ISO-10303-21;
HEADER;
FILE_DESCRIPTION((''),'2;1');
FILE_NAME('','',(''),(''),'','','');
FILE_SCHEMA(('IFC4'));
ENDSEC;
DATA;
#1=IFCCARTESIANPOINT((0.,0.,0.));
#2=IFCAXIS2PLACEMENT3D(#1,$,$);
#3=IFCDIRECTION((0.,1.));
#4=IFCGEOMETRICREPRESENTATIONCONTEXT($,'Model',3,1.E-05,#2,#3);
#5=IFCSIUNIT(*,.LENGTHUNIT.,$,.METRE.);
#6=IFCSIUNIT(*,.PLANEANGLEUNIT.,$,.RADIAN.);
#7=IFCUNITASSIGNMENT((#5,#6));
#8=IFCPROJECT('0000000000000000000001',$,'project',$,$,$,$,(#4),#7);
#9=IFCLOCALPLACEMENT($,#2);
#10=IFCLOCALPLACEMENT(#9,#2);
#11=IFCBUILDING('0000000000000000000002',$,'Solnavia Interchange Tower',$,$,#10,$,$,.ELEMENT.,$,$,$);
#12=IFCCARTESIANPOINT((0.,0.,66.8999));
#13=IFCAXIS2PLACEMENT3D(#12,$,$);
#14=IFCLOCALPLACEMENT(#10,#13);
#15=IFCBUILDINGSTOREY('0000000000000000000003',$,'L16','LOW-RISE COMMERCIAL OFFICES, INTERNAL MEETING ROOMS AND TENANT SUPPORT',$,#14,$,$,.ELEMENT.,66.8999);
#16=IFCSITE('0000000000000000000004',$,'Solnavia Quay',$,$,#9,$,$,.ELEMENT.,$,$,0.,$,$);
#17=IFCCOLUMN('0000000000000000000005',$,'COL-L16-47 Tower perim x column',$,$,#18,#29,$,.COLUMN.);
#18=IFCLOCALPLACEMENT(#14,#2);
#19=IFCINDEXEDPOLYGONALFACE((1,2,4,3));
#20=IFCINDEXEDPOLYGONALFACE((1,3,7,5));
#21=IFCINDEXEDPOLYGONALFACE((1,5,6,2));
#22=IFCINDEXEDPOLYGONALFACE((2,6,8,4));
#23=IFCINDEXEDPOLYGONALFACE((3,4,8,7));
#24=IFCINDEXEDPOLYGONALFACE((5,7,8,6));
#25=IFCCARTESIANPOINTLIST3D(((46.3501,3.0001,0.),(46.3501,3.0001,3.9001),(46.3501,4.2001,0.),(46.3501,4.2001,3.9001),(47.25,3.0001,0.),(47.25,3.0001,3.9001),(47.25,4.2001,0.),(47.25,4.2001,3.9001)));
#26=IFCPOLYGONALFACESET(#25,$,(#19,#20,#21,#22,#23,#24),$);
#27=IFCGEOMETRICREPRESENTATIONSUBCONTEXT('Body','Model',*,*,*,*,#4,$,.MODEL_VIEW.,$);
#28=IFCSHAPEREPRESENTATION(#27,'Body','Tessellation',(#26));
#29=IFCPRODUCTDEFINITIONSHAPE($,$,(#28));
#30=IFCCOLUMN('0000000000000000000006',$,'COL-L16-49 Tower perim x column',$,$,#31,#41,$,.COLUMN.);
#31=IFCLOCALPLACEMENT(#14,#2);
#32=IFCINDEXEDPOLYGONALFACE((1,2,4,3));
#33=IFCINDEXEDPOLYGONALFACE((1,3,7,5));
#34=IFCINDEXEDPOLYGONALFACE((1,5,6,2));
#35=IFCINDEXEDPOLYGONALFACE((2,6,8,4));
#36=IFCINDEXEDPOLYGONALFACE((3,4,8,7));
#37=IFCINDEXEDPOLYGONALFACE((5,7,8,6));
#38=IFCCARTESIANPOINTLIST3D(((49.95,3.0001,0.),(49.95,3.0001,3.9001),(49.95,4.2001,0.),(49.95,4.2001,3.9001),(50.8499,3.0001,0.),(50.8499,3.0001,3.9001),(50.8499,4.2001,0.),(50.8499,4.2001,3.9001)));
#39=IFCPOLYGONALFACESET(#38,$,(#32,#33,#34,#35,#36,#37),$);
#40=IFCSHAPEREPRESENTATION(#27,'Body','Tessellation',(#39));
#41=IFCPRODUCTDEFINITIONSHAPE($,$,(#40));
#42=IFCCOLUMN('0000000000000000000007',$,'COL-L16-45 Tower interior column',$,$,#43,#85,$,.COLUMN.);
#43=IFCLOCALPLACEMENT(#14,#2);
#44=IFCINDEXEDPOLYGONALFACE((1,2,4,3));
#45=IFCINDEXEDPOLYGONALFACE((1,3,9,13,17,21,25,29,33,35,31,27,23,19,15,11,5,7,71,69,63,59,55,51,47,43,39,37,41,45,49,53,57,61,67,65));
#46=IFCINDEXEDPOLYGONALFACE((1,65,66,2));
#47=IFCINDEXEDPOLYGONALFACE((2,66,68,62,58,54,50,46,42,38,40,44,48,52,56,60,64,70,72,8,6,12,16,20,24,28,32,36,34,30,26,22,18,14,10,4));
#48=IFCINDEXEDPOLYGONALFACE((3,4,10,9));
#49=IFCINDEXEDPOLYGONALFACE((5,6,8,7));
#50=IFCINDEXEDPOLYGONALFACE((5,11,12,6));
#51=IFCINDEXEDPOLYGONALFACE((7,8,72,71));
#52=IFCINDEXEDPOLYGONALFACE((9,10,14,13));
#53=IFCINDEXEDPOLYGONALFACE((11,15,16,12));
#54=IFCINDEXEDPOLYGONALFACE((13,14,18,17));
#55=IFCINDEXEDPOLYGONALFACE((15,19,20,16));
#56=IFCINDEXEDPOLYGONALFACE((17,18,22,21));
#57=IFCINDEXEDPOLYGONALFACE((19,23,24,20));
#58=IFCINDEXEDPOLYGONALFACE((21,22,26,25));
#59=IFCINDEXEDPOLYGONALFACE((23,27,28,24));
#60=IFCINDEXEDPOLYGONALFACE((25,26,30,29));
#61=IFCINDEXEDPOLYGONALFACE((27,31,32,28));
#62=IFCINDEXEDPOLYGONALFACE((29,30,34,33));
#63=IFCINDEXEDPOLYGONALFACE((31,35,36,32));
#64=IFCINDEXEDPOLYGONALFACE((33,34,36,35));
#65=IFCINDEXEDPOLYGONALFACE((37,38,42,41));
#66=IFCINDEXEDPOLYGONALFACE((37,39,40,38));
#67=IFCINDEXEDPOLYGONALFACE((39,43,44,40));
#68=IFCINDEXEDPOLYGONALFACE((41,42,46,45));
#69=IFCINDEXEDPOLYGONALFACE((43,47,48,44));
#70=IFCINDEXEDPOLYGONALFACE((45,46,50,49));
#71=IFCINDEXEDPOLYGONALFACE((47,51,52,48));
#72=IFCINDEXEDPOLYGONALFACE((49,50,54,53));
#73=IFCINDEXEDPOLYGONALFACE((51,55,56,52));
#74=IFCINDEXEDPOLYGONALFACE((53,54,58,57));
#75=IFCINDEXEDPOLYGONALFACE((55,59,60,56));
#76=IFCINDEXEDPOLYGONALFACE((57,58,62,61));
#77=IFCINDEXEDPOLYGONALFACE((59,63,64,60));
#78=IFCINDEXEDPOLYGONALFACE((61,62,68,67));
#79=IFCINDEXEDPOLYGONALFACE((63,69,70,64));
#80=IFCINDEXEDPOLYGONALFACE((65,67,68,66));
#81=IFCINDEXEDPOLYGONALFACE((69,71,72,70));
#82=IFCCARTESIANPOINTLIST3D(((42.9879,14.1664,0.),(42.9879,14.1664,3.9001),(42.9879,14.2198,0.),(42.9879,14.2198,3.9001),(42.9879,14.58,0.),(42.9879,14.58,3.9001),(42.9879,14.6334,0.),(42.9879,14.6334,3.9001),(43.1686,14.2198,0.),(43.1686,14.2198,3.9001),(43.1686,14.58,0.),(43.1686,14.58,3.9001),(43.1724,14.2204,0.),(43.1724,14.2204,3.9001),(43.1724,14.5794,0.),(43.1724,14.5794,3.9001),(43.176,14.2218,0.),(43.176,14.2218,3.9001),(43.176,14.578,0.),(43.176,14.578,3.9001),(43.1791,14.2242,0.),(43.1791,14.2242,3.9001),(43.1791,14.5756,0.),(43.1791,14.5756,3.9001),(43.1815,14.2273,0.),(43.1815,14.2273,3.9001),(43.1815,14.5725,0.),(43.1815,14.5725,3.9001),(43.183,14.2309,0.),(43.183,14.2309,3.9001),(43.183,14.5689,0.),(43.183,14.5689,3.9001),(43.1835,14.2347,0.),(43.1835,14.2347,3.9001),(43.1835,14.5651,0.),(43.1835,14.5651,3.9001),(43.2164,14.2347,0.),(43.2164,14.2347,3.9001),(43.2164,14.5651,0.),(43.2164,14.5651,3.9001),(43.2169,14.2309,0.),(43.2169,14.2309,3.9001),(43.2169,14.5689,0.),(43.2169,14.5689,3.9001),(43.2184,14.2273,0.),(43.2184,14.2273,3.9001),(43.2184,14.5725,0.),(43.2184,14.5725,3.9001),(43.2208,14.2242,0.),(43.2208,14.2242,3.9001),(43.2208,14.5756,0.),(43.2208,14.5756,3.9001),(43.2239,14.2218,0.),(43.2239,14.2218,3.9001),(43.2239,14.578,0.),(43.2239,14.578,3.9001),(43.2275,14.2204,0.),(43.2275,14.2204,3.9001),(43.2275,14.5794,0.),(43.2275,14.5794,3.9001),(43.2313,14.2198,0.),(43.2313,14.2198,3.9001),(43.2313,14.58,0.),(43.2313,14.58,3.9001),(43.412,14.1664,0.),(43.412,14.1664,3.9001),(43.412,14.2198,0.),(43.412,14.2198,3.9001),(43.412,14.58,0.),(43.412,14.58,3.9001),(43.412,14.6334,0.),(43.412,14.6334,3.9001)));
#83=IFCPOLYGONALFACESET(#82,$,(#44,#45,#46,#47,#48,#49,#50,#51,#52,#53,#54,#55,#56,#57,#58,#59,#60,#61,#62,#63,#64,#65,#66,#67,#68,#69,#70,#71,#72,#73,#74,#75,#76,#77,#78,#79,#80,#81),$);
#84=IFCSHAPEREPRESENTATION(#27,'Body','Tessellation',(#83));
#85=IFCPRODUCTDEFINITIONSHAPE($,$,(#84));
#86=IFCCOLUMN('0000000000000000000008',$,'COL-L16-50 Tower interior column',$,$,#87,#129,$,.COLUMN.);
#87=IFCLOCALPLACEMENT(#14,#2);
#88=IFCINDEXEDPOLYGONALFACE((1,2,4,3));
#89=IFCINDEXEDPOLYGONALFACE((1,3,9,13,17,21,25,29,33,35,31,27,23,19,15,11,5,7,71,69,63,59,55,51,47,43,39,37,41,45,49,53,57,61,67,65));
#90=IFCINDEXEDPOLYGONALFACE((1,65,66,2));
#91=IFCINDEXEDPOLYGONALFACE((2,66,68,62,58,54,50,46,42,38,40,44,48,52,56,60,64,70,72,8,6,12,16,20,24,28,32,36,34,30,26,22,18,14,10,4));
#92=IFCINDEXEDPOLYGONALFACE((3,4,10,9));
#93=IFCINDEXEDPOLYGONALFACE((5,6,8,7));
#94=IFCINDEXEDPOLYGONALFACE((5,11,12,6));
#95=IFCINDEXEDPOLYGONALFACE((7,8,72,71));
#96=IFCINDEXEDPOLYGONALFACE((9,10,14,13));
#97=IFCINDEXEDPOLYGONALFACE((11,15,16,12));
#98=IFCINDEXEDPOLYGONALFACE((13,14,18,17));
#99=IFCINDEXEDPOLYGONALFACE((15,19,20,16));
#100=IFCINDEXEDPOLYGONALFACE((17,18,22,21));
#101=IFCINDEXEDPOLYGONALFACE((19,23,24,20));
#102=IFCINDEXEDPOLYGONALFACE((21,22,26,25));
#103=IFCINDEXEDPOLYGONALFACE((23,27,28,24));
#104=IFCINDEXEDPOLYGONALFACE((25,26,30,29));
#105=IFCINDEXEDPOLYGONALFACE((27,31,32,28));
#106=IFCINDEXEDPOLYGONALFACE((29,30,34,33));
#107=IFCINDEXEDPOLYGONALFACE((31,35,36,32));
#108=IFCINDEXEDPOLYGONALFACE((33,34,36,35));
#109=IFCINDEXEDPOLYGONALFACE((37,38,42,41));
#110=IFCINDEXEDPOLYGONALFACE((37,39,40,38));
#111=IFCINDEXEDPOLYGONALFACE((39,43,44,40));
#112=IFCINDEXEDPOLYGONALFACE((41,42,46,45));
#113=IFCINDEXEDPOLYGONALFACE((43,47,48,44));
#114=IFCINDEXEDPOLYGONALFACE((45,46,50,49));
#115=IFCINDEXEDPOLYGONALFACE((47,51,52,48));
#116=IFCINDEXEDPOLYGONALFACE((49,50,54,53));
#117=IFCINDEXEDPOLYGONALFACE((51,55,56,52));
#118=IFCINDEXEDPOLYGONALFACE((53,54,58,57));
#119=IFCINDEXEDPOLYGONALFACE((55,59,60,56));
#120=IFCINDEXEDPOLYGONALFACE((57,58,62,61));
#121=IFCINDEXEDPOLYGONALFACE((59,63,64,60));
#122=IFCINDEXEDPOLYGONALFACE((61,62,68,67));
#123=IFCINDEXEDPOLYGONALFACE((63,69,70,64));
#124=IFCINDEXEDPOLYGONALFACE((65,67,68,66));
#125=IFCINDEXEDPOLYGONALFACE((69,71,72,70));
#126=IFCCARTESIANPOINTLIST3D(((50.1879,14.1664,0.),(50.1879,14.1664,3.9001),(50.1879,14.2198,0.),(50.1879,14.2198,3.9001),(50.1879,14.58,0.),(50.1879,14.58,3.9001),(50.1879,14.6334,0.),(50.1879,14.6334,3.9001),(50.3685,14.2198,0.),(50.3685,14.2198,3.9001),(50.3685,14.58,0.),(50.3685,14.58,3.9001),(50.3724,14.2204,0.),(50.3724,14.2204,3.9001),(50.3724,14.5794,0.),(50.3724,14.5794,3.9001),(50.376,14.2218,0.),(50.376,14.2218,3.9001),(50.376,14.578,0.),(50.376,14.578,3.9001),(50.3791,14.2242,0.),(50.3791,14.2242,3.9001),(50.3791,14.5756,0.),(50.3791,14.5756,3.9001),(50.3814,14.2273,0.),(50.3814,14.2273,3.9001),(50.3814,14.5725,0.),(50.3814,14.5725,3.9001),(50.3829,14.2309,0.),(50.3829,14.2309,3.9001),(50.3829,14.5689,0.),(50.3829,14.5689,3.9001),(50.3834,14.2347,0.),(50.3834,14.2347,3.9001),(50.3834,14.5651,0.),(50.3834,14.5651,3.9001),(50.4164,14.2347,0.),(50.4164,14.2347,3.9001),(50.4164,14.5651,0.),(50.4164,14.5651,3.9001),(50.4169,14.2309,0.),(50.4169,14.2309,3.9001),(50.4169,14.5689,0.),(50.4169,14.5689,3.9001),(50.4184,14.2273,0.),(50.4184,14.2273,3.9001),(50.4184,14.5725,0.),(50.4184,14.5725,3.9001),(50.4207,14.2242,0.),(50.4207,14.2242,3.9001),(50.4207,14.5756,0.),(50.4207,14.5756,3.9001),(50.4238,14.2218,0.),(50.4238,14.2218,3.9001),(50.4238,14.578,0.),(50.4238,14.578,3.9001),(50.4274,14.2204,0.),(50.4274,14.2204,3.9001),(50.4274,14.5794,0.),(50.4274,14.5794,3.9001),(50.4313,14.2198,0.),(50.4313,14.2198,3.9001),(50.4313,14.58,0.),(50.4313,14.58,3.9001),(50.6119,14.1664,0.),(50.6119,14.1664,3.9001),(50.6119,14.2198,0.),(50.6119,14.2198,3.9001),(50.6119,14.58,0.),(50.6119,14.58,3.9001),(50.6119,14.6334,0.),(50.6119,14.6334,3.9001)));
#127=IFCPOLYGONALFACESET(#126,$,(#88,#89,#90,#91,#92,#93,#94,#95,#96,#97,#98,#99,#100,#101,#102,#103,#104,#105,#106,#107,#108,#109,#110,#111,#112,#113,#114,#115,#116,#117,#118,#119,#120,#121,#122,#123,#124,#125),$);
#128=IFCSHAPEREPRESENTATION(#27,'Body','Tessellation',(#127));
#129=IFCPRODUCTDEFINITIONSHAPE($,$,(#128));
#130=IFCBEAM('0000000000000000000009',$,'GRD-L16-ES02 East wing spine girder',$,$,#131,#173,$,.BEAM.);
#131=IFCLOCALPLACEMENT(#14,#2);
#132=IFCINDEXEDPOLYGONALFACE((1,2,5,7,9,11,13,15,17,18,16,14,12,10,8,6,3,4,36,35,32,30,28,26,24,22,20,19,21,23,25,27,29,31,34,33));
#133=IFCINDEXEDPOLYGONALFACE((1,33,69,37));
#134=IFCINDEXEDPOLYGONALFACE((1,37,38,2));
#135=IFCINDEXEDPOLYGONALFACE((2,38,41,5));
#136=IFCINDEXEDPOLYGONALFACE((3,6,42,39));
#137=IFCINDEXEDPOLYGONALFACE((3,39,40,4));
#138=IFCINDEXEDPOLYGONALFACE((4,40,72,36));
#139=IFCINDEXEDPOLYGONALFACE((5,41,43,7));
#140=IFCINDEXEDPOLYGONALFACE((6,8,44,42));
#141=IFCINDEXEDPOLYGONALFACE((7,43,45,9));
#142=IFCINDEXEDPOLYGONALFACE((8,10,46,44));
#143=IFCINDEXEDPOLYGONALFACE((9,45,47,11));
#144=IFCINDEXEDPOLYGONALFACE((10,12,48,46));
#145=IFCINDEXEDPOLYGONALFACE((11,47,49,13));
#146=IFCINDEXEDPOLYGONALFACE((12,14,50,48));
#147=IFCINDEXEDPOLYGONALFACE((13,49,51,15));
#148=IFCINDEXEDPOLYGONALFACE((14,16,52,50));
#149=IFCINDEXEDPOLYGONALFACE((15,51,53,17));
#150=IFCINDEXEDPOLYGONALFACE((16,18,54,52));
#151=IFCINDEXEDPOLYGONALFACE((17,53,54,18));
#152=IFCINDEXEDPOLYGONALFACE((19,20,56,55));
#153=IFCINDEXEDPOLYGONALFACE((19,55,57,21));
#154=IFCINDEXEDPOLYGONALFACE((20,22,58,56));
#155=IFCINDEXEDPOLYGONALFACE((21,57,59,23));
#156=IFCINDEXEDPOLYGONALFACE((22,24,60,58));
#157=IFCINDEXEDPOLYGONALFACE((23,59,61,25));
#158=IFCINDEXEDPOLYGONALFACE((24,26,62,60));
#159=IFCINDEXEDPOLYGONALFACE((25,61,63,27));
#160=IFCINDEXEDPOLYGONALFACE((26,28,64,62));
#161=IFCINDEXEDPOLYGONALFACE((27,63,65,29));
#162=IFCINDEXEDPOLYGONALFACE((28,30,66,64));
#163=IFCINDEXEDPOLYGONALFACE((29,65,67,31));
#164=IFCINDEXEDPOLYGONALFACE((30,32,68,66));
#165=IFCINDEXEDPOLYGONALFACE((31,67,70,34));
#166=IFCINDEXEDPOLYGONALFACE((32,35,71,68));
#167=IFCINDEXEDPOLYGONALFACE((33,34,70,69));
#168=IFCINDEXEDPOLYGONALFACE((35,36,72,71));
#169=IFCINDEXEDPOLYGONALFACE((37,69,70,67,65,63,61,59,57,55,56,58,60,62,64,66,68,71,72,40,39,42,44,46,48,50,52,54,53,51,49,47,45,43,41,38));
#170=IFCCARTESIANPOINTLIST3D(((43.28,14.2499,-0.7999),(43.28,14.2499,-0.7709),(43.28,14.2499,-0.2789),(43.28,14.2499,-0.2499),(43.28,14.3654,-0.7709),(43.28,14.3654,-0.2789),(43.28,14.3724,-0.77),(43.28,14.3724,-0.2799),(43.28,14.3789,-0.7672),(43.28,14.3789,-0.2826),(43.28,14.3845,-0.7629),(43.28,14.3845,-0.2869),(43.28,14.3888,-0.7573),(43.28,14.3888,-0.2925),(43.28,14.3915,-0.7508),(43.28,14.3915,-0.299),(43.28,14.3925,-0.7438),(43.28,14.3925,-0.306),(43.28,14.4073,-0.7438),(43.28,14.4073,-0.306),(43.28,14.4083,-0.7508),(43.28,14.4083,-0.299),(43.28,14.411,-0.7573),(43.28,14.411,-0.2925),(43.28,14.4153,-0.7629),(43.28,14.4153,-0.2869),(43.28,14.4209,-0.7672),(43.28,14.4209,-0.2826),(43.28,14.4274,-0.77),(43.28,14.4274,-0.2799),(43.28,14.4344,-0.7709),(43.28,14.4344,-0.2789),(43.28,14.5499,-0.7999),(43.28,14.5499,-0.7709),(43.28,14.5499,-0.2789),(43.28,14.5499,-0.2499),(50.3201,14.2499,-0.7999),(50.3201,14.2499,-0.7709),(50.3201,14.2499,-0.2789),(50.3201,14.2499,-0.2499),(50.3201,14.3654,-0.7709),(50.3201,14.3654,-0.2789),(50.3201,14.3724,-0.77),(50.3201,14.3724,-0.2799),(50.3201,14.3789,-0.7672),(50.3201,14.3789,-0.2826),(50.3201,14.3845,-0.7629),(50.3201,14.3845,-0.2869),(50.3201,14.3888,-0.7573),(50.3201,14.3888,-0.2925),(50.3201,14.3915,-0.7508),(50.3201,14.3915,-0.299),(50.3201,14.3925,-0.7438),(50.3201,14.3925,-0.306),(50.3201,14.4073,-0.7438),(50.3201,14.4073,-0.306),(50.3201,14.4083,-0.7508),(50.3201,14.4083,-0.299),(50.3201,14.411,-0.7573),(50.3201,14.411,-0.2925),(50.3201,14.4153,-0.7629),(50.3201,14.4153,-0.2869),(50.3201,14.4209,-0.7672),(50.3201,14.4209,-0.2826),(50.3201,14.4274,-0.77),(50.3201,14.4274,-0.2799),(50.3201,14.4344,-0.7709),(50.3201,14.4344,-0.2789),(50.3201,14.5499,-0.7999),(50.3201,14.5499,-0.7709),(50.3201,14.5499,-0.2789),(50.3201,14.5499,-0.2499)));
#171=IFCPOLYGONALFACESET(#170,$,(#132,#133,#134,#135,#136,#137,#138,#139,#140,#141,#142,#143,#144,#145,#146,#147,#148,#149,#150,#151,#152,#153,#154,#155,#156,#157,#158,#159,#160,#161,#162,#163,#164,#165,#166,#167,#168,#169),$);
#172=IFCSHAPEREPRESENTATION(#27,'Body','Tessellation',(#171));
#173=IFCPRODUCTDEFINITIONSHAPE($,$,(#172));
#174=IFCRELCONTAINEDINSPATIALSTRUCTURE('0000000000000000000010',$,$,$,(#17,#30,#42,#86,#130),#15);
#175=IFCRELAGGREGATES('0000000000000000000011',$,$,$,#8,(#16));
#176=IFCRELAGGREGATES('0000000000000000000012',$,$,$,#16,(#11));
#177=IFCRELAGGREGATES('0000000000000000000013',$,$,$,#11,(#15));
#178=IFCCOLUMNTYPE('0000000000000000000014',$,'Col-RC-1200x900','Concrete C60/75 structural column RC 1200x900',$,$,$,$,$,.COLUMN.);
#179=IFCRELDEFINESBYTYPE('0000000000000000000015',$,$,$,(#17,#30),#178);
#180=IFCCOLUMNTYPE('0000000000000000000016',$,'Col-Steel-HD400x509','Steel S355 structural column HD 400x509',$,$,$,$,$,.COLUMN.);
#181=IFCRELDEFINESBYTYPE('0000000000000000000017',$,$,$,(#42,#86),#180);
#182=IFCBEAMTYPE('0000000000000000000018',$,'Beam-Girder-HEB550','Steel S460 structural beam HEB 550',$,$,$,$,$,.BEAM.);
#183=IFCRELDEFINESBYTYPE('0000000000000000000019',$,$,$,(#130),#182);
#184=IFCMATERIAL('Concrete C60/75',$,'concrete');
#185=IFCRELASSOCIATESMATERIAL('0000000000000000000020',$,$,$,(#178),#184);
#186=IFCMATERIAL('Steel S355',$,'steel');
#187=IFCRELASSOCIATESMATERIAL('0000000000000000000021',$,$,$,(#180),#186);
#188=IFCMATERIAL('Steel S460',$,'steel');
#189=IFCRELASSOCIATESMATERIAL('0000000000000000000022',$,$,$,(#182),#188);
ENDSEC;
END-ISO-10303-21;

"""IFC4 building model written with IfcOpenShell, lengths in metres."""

from ifc_helpers import new_model, si_unit, direction, frame, origin, origin_2d, place, context, subcontext, project, spatial, rectangle, i_section, extrude, material, material_profile, profile_set, type_object, element, save


model = new_model("IFC4")

# Units and contexts
model_context = context("Model", 3, precision=1e-05, world=origin(), true_north=direction((0.0, 1.0)))
body_context = subcontext(model_context, "Body", "Model", "MODEL_VIEW")
ifc_project = project(units=[si_unit("LENGTHUNIT", "METRE"), si_unit("PLANEANGLEUNIT", "RADIAN")], contexts=[model_context])

# Site, building, storey
site_placement = place(None, origin())
site = spatial("IfcSite", under=ifc_project, at=site_placement, Name="Solnavia Quay", CompositionType="ELEMENT", RefElevation=0.0)
building_placement = place(site_placement, origin())
building = spatial("IfcBuilding", under=site, at=building_placement, Name="Solnavia Interchange Tower", CompositionType="ELEMENT")
storey_placement = place(building_placement, frame((0.0, 0.0, 66.8999)))
storey = spatial("IfcBuildingStorey", under=building, at=storey_placement, Name="L16", Description="LOW-RISE COMMERCIAL OFFICES, INTERNAL MEETING ROOMS AND TENANT SUPPORT", CompositionType="ELEMENT", Elevation=66.8999)

# Columns
ifc_material_1 = material(Name="Concrete C60/75", Category="concrete")
ifc_material_profile_1 = material_profile(ifc_material_1, rectangle(XDim=0.8999, YDim=1.2, at=origin_2d()), Name="RC 1200x900")
ifc_profile_set_1 = profile_set([ifc_material_profile_1], Name="Concrete C60/75")
column_type_1 = type_object("IfcColumnType", Name="Col-RC-1200x900", Description="Concrete C60/75 structural column RC 1200x900", PredefinedType="COLUMN", material=ifc_profile_set_1)
for number, where, z_axis, x_axis, name in (
    (1, (46.8, 3.6001, 0.0), (0.0, 0.0, 1.0), (1.0, 0.0, 0.0), "COL-L16-47 Tower perim x column"),
    (2, (50.3999, 3.6001, 0.0), (0.0, 0.0, 1.0), (1.0, 0.0, 0.0), "COL-L16-49 Tower perim x column"),
):
    element("IfcColumn", number, at=place(storey_placement, frame(where, z_axis=z_axis, x_axis=x_axis)), inside=storey, type_object=column_type_1, Name=name, PredefinedType="COLUMN", context=body_context, shape_type="SweptSolid", body=[
        extrude(rectangle(XDim=0.8999, YDim=1.2, at=origin_2d()), origin(), (0.0, 0.0, 1.0), 3.9001),
    ])
ifc_material_2 = material(Name="Steel S355", Category="steel")
ifc_material_profile_2 = material_profile(ifc_material_2, i_section(OverallWidth=0.4241, OverallDepth=0.467, WebThickness=0.033, FlangeThickness=0.0535, FilletRadius=0.0149, at=origin_2d()), Name="HD 400x509")
ifc_profile_set_2 = profile_set([ifc_material_profile_2], Name="Steel S355")
column_type_2 = type_object("IfcColumnType", Name="Col-Steel-HD400x509", Description="Steel S355 structural column HD 400x509", PredefinedType="COLUMN", material=ifc_profile_set_2)
for number, where, z_axis, x_axis, name in (
    (3, (43.2, 14.3999, 0.0), (0.0, 0.0, 1.0), (1.0, 0.0, 0.0), "COL-L16-45 Tower interior column"),
    (4, (50.3999, 14.3999, 0.0), (0.0, 0.0, 1.0), (1.0, 0.0, 0.0), "COL-L16-50 Tower interior column"),
):
    element("IfcColumn", number, at=place(storey_placement, frame(where, z_axis=z_axis, x_axis=x_axis)), inside=storey, type_object=column_type_2, Name=name, PredefinedType="COLUMN", context=body_context, shape_type="SweptSolid", body=[
        extrude(i_section(OverallWidth=0.4241, OverallDepth=0.467, WebThickness=0.033, FlangeThickness=0.0535, FilletRadius=0.0149, at=origin_2d()), origin(), (0.0, 0.0, 1.0), 3.9001),
    ])

# Beam
ifc_material_3 = material(Name="Steel S460", Category="steel")
ifc_material_profile_3 = material_profile(ifc_material_3, i_section(OverallWidth=0.3, OverallDepth=0.55, WebThickness=0.0149, FlangeThickness=0.0291, FilletRadius=0.0271, at=origin_2d()), Name="HEB 550")
ifc_profile_set_3 = profile_set([ifc_material_profile_3], Name="Steel S460")
beam_type_1 = type_object("IfcBeamType", Name="Beam-Girder-HEB550", Description="Steel S460 structural beam HEB 550", PredefinedType="BEAM", material=ifc_profile_set_3)
beam_1_placement = place(storey_placement, frame((43.28, 14.3999, -0.5249), z_axis=(1.0, 0.0, 0.0), x_axis=(0.0, 1.0, 0.0)))
element("IfcBeam", 5, at=beam_1_placement, inside=storey, type_object=beam_type_1, Name="GRD-L16-ES02 East wing spine girder", PredefinedType="BEAM", context=body_context, shape_type="SweptSolid", body=[
    extrude(i_section(OverallWidth=0.3, OverallDepth=0.55, WebThickness=0.0149, FlangeThickness=0.0291, FilletRadius=0.0271, at=origin_2d()), origin(), (0.0, 0.0, 1.0), 7.04),
])

save(model, "model.ifc")
